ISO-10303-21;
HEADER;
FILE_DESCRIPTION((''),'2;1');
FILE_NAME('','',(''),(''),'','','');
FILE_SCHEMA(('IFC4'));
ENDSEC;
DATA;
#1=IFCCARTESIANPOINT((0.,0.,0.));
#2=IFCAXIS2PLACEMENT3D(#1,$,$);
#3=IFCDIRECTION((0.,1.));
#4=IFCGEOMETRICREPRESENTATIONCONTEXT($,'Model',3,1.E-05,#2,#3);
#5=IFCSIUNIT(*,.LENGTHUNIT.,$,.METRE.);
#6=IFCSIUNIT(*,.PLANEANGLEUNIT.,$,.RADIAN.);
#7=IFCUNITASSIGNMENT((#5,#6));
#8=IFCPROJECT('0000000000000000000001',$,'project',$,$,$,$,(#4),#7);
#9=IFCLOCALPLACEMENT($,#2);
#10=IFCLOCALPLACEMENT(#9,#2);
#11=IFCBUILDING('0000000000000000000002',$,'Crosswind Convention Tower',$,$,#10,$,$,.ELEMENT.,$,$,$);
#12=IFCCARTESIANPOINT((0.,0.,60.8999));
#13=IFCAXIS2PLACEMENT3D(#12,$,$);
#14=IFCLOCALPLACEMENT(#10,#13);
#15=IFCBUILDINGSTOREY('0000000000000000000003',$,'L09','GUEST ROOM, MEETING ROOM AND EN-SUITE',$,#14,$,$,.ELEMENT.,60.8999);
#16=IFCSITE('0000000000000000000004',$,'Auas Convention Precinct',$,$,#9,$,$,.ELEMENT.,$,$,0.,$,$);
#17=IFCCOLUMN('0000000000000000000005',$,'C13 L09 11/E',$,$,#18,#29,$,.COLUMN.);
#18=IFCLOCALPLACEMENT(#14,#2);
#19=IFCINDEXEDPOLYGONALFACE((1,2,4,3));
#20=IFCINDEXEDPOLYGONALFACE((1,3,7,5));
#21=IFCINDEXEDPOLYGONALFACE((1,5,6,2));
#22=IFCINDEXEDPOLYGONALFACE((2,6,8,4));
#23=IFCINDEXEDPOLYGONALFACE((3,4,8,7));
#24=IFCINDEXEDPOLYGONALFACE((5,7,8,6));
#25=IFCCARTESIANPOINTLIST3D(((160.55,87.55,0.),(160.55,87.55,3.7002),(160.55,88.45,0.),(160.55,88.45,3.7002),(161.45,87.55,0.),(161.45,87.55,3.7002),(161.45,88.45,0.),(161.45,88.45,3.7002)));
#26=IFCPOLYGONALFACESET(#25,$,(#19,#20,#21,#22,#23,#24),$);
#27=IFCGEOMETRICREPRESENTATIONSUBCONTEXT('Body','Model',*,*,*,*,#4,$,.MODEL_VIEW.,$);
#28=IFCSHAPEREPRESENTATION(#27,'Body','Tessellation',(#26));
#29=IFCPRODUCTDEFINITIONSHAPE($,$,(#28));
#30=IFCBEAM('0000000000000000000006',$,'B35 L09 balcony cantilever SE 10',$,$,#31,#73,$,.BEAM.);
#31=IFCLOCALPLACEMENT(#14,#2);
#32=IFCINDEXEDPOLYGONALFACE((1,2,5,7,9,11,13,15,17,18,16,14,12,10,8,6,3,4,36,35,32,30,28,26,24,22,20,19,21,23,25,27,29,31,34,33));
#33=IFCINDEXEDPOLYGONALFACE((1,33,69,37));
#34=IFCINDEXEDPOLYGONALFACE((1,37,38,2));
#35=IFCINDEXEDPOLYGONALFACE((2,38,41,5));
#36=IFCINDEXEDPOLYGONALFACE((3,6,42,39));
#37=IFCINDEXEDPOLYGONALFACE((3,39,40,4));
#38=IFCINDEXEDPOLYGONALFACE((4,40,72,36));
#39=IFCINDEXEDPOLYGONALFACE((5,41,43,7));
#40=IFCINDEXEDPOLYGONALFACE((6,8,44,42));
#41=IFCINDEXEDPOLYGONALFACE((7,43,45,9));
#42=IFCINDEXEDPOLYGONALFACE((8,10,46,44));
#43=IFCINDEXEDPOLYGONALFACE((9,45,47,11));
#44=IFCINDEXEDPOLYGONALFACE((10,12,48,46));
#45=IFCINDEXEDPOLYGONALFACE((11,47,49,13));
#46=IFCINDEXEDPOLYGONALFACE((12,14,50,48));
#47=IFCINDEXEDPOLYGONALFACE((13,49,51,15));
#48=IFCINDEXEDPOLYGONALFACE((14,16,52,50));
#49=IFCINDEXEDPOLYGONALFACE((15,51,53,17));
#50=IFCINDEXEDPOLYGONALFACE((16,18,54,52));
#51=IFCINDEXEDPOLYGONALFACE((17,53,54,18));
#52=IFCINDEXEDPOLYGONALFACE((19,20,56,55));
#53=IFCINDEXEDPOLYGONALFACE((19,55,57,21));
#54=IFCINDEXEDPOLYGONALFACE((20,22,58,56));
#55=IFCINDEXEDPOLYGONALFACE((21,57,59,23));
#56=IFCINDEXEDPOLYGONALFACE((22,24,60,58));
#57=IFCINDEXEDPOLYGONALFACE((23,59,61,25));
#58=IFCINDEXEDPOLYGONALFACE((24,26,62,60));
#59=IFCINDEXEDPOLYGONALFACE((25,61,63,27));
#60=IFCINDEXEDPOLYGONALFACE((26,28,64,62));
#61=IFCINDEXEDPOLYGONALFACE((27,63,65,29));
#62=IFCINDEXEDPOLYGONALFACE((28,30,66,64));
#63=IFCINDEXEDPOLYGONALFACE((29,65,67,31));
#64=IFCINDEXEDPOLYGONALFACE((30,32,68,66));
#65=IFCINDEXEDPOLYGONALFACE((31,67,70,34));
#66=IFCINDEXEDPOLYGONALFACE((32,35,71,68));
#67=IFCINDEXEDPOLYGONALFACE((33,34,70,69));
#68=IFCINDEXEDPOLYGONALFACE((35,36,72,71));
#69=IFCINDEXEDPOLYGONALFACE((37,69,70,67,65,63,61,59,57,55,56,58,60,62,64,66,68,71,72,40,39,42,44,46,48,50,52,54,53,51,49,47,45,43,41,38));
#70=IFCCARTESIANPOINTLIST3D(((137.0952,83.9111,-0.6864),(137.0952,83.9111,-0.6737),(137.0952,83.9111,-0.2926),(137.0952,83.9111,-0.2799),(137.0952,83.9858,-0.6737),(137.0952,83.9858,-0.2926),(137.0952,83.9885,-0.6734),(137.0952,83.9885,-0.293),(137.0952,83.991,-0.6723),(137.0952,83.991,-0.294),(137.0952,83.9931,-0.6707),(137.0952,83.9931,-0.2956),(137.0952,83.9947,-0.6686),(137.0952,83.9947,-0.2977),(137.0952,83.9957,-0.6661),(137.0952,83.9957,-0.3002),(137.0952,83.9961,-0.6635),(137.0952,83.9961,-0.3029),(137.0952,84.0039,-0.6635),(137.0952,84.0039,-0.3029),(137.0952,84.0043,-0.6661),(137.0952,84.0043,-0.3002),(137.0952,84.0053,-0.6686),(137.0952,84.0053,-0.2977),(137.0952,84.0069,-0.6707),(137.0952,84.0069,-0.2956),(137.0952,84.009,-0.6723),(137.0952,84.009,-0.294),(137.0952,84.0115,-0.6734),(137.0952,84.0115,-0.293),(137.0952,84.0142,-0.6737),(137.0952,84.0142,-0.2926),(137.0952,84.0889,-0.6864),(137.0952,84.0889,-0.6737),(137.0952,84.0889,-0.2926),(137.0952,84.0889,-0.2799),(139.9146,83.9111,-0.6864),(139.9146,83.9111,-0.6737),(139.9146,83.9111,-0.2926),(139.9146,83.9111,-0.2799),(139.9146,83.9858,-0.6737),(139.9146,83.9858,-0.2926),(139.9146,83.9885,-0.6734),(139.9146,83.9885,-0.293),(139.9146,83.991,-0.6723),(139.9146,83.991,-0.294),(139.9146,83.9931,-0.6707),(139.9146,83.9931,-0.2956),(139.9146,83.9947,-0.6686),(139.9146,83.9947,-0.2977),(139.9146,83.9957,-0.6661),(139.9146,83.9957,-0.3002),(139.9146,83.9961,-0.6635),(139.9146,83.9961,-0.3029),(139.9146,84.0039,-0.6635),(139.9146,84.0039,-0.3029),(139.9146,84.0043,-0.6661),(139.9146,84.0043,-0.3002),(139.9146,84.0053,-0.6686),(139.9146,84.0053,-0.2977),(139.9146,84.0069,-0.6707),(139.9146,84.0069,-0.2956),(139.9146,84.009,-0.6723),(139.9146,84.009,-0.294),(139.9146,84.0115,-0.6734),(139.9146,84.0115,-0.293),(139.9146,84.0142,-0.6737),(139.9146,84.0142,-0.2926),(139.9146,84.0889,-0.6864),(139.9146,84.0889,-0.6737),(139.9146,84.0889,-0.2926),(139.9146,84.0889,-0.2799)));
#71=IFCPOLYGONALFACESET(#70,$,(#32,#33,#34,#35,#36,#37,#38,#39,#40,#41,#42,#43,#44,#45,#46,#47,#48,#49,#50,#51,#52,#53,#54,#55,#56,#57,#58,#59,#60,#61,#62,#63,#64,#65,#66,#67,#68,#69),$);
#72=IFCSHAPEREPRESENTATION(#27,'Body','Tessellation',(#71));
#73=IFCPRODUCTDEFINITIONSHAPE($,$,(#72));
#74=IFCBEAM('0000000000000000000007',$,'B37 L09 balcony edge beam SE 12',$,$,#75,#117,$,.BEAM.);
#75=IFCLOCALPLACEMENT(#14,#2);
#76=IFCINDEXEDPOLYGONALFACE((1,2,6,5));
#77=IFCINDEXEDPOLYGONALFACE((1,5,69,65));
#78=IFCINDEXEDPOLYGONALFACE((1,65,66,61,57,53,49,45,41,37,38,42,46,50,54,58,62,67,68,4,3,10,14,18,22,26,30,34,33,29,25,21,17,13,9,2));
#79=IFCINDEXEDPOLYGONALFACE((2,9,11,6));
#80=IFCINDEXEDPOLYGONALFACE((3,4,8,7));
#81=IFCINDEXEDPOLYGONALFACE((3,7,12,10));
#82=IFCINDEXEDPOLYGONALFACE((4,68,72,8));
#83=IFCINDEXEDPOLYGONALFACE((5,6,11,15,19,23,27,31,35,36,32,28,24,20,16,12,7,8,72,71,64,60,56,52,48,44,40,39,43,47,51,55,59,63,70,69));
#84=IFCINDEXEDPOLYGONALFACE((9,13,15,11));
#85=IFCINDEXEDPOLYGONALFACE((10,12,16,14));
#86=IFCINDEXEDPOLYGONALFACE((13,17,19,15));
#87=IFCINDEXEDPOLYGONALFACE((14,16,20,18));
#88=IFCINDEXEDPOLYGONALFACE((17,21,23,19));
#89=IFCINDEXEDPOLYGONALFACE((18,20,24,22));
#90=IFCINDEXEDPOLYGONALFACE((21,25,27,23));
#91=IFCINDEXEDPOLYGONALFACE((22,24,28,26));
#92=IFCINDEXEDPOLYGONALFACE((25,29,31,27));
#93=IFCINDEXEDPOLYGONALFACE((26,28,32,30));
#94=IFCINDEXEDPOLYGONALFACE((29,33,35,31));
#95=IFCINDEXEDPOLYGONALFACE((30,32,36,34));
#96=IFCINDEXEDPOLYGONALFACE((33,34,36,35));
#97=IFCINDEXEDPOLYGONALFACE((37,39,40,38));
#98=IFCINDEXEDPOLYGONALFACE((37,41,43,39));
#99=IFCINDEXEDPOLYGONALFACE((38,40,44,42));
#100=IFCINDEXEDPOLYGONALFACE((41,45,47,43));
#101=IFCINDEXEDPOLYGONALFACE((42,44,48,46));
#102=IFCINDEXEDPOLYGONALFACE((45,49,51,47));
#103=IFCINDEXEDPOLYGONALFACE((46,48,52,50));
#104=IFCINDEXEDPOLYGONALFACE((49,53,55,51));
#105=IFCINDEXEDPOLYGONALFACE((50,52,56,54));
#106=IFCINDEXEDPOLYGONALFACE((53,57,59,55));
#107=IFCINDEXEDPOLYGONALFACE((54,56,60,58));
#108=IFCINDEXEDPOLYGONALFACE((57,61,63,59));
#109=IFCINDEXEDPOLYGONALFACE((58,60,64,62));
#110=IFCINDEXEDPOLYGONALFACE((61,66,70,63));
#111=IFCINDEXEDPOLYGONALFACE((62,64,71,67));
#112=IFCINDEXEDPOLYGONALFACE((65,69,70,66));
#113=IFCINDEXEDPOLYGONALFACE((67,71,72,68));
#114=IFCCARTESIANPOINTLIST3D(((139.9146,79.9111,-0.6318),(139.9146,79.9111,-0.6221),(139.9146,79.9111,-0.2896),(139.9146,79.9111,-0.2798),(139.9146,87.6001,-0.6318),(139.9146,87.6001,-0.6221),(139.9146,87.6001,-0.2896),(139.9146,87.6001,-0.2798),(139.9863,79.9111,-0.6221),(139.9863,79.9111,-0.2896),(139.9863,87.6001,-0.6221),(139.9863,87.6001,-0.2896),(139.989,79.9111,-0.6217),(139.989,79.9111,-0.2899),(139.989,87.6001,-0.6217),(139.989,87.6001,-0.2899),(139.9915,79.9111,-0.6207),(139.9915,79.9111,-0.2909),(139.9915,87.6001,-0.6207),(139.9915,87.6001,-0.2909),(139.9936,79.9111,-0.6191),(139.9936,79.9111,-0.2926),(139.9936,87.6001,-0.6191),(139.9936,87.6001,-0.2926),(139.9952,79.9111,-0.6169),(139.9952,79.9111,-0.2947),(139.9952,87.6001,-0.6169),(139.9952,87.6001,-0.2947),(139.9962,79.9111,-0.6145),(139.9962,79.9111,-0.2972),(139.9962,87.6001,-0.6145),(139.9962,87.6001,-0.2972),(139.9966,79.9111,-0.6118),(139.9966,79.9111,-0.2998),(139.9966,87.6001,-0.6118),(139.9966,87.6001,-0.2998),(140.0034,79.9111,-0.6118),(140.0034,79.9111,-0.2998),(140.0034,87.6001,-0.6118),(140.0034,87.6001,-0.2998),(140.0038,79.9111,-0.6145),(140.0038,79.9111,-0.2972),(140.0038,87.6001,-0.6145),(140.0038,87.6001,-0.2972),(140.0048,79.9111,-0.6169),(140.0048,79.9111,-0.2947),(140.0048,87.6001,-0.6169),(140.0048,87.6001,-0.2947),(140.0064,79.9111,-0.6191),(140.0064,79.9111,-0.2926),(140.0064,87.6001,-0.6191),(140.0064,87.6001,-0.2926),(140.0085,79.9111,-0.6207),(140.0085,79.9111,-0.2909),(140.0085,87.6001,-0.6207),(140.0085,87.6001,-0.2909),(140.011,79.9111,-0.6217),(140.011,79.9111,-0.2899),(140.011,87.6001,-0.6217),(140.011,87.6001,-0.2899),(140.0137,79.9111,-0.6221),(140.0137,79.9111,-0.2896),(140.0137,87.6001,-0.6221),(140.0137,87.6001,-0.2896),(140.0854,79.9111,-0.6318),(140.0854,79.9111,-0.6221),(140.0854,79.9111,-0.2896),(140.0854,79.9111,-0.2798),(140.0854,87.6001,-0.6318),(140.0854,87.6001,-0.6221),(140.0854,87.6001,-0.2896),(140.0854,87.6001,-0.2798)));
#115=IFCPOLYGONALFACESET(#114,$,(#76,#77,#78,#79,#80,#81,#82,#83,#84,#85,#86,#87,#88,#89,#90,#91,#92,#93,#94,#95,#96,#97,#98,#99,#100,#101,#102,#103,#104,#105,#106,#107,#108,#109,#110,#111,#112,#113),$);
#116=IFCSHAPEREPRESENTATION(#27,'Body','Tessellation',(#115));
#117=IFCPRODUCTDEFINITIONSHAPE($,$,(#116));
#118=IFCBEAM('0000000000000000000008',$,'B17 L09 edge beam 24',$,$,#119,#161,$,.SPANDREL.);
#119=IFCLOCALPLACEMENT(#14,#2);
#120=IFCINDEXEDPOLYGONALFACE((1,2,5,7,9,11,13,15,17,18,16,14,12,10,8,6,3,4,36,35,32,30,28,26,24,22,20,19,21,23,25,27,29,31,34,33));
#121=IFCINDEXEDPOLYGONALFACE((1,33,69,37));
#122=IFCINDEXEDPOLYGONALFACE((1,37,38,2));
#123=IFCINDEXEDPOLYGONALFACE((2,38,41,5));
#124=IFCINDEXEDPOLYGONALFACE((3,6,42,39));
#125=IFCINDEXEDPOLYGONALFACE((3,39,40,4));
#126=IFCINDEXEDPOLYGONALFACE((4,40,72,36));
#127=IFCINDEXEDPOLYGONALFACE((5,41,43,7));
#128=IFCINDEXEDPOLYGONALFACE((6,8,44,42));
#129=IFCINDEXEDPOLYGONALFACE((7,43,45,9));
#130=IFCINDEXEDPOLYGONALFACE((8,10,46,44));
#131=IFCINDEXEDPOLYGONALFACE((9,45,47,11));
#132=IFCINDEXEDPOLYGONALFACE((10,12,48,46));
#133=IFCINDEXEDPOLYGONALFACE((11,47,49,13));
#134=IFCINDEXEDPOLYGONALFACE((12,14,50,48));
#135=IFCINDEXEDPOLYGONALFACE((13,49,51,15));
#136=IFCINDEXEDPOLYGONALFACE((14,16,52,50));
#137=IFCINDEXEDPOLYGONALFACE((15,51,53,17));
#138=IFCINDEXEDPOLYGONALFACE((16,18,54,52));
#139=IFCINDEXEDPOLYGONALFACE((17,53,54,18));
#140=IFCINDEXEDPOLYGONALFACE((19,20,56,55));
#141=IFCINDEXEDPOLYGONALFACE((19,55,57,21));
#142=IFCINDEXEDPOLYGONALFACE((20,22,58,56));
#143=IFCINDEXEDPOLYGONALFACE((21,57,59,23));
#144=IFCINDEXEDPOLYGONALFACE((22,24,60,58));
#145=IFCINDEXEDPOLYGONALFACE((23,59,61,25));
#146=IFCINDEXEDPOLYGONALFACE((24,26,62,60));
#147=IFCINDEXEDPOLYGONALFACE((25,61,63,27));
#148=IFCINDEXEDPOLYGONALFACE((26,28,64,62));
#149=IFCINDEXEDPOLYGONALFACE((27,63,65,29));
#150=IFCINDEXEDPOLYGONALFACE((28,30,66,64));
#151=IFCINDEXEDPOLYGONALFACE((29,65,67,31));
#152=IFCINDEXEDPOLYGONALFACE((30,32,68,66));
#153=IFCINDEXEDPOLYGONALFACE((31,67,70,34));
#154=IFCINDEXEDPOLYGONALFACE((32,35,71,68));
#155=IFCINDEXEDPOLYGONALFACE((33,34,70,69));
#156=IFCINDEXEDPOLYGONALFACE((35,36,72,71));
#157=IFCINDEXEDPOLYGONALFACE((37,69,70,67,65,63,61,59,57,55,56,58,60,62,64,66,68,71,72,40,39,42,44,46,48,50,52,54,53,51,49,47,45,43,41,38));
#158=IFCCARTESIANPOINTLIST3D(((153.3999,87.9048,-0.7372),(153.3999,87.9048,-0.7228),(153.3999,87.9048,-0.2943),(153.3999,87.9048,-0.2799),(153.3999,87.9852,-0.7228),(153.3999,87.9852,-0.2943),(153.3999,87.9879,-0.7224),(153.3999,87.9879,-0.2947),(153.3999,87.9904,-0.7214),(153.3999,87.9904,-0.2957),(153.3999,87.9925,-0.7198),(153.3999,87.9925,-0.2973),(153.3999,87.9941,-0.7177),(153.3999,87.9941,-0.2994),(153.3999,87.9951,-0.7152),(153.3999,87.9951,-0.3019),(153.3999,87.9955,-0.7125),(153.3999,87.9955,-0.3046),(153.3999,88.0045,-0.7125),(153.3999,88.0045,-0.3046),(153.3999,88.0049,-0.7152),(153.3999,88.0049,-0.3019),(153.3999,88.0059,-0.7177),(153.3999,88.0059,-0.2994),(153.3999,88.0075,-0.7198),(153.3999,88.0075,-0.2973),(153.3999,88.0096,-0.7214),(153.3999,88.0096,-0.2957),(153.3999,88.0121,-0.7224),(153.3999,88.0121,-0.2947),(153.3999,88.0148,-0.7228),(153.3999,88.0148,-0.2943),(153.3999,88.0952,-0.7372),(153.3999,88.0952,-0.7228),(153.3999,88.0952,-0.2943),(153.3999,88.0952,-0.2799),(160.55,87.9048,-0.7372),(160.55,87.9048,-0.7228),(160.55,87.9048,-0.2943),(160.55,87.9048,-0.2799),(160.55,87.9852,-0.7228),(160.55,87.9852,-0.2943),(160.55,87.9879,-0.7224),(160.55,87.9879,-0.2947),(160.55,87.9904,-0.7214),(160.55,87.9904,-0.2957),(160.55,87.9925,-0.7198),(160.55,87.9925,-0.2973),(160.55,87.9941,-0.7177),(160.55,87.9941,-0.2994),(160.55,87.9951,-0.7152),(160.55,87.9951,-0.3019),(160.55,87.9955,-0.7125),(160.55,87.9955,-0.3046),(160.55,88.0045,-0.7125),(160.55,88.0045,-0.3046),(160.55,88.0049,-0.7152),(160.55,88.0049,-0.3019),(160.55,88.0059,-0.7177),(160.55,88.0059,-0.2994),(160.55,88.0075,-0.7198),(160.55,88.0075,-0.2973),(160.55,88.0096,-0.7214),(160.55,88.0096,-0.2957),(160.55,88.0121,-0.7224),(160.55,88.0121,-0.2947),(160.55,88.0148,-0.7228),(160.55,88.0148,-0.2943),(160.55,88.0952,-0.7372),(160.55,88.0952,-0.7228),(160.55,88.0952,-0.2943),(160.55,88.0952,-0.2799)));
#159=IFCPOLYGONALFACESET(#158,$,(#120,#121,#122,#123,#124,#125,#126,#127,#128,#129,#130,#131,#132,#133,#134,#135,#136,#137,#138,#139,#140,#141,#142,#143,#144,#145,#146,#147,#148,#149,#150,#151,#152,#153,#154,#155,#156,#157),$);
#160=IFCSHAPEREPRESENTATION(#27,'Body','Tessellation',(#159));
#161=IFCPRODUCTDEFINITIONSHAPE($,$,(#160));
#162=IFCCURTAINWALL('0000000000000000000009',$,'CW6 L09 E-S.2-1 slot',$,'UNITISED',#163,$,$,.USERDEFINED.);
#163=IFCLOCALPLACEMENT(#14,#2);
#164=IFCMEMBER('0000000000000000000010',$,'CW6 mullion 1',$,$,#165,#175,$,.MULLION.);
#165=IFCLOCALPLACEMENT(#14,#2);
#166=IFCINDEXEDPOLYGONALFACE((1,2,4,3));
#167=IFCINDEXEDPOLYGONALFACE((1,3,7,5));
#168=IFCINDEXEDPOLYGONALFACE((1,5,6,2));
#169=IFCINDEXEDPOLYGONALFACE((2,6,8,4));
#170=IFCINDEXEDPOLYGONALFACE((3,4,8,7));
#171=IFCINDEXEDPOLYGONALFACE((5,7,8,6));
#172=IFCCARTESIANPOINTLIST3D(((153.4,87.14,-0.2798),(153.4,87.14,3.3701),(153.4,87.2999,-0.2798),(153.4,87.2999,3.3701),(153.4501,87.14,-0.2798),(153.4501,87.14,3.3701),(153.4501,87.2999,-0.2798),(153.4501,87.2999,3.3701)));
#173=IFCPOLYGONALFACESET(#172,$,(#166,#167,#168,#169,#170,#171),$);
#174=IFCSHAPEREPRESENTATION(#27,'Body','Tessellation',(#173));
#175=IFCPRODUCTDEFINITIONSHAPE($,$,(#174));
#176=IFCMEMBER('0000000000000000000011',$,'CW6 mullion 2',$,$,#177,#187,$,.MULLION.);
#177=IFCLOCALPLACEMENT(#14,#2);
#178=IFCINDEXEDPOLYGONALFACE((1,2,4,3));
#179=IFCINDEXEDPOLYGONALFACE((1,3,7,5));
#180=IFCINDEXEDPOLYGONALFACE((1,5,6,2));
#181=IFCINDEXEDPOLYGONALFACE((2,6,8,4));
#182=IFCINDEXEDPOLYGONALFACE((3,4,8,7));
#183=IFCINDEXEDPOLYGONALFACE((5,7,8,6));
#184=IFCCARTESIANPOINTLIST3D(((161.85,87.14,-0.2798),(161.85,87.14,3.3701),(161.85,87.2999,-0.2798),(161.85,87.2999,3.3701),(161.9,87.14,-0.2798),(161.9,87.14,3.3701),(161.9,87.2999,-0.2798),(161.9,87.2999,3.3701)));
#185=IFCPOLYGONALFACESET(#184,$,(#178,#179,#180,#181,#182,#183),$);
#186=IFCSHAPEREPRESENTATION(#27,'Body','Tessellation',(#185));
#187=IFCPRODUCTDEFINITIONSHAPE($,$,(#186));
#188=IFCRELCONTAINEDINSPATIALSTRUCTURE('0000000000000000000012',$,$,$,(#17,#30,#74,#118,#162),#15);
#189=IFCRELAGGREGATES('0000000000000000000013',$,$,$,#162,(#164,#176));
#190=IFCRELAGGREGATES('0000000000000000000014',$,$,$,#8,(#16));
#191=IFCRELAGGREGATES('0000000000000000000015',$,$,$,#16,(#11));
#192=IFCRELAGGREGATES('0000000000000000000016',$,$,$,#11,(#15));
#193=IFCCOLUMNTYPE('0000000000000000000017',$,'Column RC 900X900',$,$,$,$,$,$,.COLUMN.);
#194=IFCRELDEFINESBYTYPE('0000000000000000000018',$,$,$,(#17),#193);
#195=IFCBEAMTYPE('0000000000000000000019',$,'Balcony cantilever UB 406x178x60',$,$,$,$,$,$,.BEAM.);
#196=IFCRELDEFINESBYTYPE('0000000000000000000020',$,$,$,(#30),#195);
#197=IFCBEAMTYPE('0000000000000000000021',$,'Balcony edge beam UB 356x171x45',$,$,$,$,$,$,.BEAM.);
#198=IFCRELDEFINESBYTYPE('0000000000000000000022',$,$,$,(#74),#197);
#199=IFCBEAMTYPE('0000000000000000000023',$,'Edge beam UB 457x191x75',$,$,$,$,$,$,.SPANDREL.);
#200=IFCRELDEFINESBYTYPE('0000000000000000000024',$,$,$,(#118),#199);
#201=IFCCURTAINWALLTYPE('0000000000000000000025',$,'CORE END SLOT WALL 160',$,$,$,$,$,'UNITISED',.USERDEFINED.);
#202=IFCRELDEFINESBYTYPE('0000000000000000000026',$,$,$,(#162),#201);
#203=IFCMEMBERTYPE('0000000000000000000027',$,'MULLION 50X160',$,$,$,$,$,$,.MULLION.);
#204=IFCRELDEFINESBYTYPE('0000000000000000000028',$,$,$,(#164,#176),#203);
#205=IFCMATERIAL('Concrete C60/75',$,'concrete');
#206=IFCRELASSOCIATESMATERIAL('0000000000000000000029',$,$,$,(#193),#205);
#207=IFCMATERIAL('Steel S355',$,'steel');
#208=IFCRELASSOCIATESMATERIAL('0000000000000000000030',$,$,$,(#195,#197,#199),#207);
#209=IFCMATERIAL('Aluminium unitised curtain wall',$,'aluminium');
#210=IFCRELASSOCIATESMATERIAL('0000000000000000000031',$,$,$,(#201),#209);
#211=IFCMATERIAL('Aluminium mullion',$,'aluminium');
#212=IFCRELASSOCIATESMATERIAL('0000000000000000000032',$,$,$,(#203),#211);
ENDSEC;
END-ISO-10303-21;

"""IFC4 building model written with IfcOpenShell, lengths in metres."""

from ifc_helpers import new_model, si_unit, direction, frame, origin, origin_2d, place, context, subcontext, project, spatial, rectangle, i_section, extrude, material, material_profile, profile_set, type_object, element, aggregate, save


model = new_model("IFC4")

# Units and contexts
model_context = context("Model", 3, precision=1e-05, world=origin(), true_north=direction((0.0, 1.0)))
body_context = subcontext(model_context, "Body", "Model", "MODEL_VIEW")
ifc_project = project(units=[si_unit("LENGTHUNIT", "METRE"), si_unit("PLANEANGLEUNIT", "RADIAN")], contexts=[model_context])

# Site, building, storey
site_placement = place(None, origin())
site = spatial("IfcSite", under=ifc_project, at=site_placement, Name="Auas Convention Precinct", CompositionType="ELEMENT", RefElevation=0.0)
building_placement = place(site_placement, origin())
building = spatial("IfcBuilding", under=site, at=building_placement, Name="Crosswind Convention Tower", CompositionType="ELEMENT")
storey_placement = place(building_placement, frame((0.0, 0.0, 60.8999)))
storey = spatial("IfcBuildingStorey", under=building, at=storey_placement, Name="L09", Description="GUEST ROOM, MEETING ROOM AND EN-SUITE", CompositionType="ELEMENT", Elevation=60.8999)

# Column
ifc_material_1 = material(Name="Concrete C60/75", Category="concrete")
ifc_material_profile_1 = material_profile(ifc_material_1, rectangle(XDim=0.8999, YDim=0.8999, at=origin_2d()), Name="RC 900X900")
ifc_profile_set_1 = profile_set([ifc_material_profile_1], Name="Concrete C60/75")
column_type = type_object("IfcColumnType", Name="Column RC 900X900", PredefinedType="COLUMN", material=ifc_profile_set_1)
column_placement = place(storey_placement, frame((161.0, 88.0, 0.0), z_axis=(0.0, 0.0, 1.0), x_axis=(1.0, 0.0, 0.0)))
element("IfcColumn", 1, at=column_placement, inside=storey, type_object=column_type, Name="C13 L09 11/E", PredefinedType="COLUMN", context=body_context, shape_type="SweptSolid", body=[
    extrude(rectangle(XDim=0.8999, YDim=0.8999, at=origin_2d()), origin(), (0.0, 0.0, 1.0), 3.7002),
])

# Beams
ifc_material_2 = material(Name="Steel S355", Category="steel")
ifc_material_profile_2 = material_profile(ifc_material_2, i_section(OverallWidth=0.1777, OverallDepth=0.4065, WebThickness=0.0078, FlangeThickness=0.0127, FilletRadius=0.0103, at=origin_2d()), Name="UB 406x178x60")
ifc_profile_set_2 = profile_set([ifc_material_profile_2], Name="Steel S355")
beam_type_1 = type_object("IfcBeamType", Name="Balcony cantilever UB 406x178x60", PredefinedType="BEAM", material=ifc_profile_set_2)
beam_1_placement = place(storey_placement, frame((137.0952, 84.0, -0.4832), z_axis=(1.0, 0.0, 0.0), x_axis=(0.0, 1.0, 0.0)))
element("IfcBeam", 2, at=beam_1_placement, inside=storey, type_object=beam_type_1, Name="B35 L09 balcony cantilever SE 10", PredefinedType="BEAM", context=body_context, shape_type="SweptSolid", body=[
    extrude(i_section(OverallWidth=0.1777, OverallDepth=0.4065, WebThickness=0.0078, FlangeThickness=0.0127, FilletRadius=0.0103, at=origin_2d()), origin(), (0.0, 0.0, 1.0), 2.8193),
])
ifc_material_profile_3 = material_profile(ifc_material_2, i_section(OverallWidth=0.1709, OverallDepth=0.3521, WebThickness=0.0068, FlangeThickness=0.0098, FilletRadius=0.0103, at=origin_2d()), Name="UB 356x171x45")
ifc_profile_set_3 = profile_set([ifc_material_profile_3], Name="Steel S355")
beam_type_2 = type_object("IfcBeamType", Name="Balcony edge beam UB 356x171x45", PredefinedType="BEAM", material=ifc_profile_set_3)
beam_2_placement = place(storey_placement, frame((140.0, 87.6001, -0.4558), z_axis=(0.0, -1.0, 0.0), x_axis=(1.0, 0.0, 0.0)))
element("IfcBeam", 3, at=beam_2_placement, inside=storey, type_object=beam_type_2, Name="B37 L09 balcony edge beam SE 12", PredefinedType="BEAM", context=body_context, shape_type="SweptSolid", body=[
    extrude(i_section(OverallWidth=0.1709, OverallDepth=0.3521, WebThickness=0.0068, FlangeThickness=0.0098, FilletRadius=0.0103, at=origin_2d()), origin(), (0.0, 0.0, 1.0), 7.689),
])
ifc_material_profile_4 = material_profile(ifc_material_2, i_section(OverallWidth=0.1904, OverallDepth=0.4573, WebThickness=0.009, FlangeThickness=0.0144, FilletRadius=0.0103, at=origin_2d()), Name="UB 457x191x75")
ifc_profile_set_4 = profile_set([ifc_material_profile_4], Name="Steel S355")
beam_type_3 = type_object("IfcBeamType", Name="Edge beam UB 457x191x75", PredefinedType="SPANDREL", material=ifc_profile_set_4)
beam_3_placement = place(storey_placement, frame((153.3999, 88.0, -0.5085), z_axis=(1.0, 0.0, 0.0), x_axis=(0.0, 1.0, 0.0)))
element("IfcBeam", 4, at=beam_3_placement, inside=storey, type_object=beam_type_3, Name="B17 L09 edge beam 24", PredefinedType="SPANDREL", context=body_context, shape_type="SweptSolid", body=[
    extrude(i_section(OverallWidth=0.1904, OverallDepth=0.4573, WebThickness=0.009, FlangeThickness=0.0144, FilletRadius=0.0103, at=origin_2d()), origin(), (0.0, 0.0, 1.0), 7.1501),
])

# Curtain wall, members
ifc_material_3 = material(Name="Aluminium unitised curtain wall", Category="aluminium")
curtain_wall_type_1 = type_object("IfcCurtainWallType", Name="CORE END SLOT WALL 160", ElementType="UNITISED", PredefinedType="USERDEFINED", material=ifc_material_3)
curtain_wall_1_placement = place(storey_placement, origin())
curtain_wall_1 = element("IfcCurtainWall", 5, at=curtain_wall_1_placement, inside=storey, type_object=curtain_wall_type_1, Name="CW6 L09 E-S.2-1 slot", ObjectType="UNITISED", PredefinedType="USERDEFINED")
ifc_material_4 = material(Name="Aluminium mullion", Category="aluminium")
ifc_material_profile_5 = material_profile(ifc_material_4, rectangle(XDim=0.1599, YDim=0.05, at=origin_2d()), Name="AL 160X50")
ifc_profile_set_5 = profile_set([ifc_material_profile_5], Name="Aluminium mullion")
member_type_1 = type_object("IfcMemberType", Name="MULLION 50X160", PredefinedType="MULLION", material=ifc_profile_set_5)
member_1_placement = place(storey_placement, frame((153.425, 87.22, -0.2798), z_axis=(0.0, 0.0, 1.0), x_axis=(0.0, -1.0, 0.0)))
member_1 = element("IfcMember", 6, at=member_1_placement, type_object=member_type_1, Name="CW6 mullion 1", PredefinedType="MULLION", context=body_context, shape_type="SweptSolid", body=[
    extrude(rectangle(XDim=0.1599, YDim=0.05, at=origin_2d()), origin(), (0.0, 0.0, 1.0), 3.6499),
])
member_2_placement = place(storey_placement, frame((161.875, 87.22, -0.2798), z_axis=(0.0, 0.0, 1.0), x_axis=(0.0, -1.0, 0.0)))
member_2 = element("IfcMember", 7, at=member_2_placement, type_object=member_type_1, Name="CW6 mullion 2", PredefinedType="MULLION", context=body_context, shape_type="SweptSolid", body=[
    extrude(rectangle(XDim=0.1599, YDim=0.05, at=origin_2d()), origin(), (0.0, 0.0, 1.0), 3.6499),
])

aggregate(curtain_wall_1, [member_1, member_2])

save(model, "model.ifc")
